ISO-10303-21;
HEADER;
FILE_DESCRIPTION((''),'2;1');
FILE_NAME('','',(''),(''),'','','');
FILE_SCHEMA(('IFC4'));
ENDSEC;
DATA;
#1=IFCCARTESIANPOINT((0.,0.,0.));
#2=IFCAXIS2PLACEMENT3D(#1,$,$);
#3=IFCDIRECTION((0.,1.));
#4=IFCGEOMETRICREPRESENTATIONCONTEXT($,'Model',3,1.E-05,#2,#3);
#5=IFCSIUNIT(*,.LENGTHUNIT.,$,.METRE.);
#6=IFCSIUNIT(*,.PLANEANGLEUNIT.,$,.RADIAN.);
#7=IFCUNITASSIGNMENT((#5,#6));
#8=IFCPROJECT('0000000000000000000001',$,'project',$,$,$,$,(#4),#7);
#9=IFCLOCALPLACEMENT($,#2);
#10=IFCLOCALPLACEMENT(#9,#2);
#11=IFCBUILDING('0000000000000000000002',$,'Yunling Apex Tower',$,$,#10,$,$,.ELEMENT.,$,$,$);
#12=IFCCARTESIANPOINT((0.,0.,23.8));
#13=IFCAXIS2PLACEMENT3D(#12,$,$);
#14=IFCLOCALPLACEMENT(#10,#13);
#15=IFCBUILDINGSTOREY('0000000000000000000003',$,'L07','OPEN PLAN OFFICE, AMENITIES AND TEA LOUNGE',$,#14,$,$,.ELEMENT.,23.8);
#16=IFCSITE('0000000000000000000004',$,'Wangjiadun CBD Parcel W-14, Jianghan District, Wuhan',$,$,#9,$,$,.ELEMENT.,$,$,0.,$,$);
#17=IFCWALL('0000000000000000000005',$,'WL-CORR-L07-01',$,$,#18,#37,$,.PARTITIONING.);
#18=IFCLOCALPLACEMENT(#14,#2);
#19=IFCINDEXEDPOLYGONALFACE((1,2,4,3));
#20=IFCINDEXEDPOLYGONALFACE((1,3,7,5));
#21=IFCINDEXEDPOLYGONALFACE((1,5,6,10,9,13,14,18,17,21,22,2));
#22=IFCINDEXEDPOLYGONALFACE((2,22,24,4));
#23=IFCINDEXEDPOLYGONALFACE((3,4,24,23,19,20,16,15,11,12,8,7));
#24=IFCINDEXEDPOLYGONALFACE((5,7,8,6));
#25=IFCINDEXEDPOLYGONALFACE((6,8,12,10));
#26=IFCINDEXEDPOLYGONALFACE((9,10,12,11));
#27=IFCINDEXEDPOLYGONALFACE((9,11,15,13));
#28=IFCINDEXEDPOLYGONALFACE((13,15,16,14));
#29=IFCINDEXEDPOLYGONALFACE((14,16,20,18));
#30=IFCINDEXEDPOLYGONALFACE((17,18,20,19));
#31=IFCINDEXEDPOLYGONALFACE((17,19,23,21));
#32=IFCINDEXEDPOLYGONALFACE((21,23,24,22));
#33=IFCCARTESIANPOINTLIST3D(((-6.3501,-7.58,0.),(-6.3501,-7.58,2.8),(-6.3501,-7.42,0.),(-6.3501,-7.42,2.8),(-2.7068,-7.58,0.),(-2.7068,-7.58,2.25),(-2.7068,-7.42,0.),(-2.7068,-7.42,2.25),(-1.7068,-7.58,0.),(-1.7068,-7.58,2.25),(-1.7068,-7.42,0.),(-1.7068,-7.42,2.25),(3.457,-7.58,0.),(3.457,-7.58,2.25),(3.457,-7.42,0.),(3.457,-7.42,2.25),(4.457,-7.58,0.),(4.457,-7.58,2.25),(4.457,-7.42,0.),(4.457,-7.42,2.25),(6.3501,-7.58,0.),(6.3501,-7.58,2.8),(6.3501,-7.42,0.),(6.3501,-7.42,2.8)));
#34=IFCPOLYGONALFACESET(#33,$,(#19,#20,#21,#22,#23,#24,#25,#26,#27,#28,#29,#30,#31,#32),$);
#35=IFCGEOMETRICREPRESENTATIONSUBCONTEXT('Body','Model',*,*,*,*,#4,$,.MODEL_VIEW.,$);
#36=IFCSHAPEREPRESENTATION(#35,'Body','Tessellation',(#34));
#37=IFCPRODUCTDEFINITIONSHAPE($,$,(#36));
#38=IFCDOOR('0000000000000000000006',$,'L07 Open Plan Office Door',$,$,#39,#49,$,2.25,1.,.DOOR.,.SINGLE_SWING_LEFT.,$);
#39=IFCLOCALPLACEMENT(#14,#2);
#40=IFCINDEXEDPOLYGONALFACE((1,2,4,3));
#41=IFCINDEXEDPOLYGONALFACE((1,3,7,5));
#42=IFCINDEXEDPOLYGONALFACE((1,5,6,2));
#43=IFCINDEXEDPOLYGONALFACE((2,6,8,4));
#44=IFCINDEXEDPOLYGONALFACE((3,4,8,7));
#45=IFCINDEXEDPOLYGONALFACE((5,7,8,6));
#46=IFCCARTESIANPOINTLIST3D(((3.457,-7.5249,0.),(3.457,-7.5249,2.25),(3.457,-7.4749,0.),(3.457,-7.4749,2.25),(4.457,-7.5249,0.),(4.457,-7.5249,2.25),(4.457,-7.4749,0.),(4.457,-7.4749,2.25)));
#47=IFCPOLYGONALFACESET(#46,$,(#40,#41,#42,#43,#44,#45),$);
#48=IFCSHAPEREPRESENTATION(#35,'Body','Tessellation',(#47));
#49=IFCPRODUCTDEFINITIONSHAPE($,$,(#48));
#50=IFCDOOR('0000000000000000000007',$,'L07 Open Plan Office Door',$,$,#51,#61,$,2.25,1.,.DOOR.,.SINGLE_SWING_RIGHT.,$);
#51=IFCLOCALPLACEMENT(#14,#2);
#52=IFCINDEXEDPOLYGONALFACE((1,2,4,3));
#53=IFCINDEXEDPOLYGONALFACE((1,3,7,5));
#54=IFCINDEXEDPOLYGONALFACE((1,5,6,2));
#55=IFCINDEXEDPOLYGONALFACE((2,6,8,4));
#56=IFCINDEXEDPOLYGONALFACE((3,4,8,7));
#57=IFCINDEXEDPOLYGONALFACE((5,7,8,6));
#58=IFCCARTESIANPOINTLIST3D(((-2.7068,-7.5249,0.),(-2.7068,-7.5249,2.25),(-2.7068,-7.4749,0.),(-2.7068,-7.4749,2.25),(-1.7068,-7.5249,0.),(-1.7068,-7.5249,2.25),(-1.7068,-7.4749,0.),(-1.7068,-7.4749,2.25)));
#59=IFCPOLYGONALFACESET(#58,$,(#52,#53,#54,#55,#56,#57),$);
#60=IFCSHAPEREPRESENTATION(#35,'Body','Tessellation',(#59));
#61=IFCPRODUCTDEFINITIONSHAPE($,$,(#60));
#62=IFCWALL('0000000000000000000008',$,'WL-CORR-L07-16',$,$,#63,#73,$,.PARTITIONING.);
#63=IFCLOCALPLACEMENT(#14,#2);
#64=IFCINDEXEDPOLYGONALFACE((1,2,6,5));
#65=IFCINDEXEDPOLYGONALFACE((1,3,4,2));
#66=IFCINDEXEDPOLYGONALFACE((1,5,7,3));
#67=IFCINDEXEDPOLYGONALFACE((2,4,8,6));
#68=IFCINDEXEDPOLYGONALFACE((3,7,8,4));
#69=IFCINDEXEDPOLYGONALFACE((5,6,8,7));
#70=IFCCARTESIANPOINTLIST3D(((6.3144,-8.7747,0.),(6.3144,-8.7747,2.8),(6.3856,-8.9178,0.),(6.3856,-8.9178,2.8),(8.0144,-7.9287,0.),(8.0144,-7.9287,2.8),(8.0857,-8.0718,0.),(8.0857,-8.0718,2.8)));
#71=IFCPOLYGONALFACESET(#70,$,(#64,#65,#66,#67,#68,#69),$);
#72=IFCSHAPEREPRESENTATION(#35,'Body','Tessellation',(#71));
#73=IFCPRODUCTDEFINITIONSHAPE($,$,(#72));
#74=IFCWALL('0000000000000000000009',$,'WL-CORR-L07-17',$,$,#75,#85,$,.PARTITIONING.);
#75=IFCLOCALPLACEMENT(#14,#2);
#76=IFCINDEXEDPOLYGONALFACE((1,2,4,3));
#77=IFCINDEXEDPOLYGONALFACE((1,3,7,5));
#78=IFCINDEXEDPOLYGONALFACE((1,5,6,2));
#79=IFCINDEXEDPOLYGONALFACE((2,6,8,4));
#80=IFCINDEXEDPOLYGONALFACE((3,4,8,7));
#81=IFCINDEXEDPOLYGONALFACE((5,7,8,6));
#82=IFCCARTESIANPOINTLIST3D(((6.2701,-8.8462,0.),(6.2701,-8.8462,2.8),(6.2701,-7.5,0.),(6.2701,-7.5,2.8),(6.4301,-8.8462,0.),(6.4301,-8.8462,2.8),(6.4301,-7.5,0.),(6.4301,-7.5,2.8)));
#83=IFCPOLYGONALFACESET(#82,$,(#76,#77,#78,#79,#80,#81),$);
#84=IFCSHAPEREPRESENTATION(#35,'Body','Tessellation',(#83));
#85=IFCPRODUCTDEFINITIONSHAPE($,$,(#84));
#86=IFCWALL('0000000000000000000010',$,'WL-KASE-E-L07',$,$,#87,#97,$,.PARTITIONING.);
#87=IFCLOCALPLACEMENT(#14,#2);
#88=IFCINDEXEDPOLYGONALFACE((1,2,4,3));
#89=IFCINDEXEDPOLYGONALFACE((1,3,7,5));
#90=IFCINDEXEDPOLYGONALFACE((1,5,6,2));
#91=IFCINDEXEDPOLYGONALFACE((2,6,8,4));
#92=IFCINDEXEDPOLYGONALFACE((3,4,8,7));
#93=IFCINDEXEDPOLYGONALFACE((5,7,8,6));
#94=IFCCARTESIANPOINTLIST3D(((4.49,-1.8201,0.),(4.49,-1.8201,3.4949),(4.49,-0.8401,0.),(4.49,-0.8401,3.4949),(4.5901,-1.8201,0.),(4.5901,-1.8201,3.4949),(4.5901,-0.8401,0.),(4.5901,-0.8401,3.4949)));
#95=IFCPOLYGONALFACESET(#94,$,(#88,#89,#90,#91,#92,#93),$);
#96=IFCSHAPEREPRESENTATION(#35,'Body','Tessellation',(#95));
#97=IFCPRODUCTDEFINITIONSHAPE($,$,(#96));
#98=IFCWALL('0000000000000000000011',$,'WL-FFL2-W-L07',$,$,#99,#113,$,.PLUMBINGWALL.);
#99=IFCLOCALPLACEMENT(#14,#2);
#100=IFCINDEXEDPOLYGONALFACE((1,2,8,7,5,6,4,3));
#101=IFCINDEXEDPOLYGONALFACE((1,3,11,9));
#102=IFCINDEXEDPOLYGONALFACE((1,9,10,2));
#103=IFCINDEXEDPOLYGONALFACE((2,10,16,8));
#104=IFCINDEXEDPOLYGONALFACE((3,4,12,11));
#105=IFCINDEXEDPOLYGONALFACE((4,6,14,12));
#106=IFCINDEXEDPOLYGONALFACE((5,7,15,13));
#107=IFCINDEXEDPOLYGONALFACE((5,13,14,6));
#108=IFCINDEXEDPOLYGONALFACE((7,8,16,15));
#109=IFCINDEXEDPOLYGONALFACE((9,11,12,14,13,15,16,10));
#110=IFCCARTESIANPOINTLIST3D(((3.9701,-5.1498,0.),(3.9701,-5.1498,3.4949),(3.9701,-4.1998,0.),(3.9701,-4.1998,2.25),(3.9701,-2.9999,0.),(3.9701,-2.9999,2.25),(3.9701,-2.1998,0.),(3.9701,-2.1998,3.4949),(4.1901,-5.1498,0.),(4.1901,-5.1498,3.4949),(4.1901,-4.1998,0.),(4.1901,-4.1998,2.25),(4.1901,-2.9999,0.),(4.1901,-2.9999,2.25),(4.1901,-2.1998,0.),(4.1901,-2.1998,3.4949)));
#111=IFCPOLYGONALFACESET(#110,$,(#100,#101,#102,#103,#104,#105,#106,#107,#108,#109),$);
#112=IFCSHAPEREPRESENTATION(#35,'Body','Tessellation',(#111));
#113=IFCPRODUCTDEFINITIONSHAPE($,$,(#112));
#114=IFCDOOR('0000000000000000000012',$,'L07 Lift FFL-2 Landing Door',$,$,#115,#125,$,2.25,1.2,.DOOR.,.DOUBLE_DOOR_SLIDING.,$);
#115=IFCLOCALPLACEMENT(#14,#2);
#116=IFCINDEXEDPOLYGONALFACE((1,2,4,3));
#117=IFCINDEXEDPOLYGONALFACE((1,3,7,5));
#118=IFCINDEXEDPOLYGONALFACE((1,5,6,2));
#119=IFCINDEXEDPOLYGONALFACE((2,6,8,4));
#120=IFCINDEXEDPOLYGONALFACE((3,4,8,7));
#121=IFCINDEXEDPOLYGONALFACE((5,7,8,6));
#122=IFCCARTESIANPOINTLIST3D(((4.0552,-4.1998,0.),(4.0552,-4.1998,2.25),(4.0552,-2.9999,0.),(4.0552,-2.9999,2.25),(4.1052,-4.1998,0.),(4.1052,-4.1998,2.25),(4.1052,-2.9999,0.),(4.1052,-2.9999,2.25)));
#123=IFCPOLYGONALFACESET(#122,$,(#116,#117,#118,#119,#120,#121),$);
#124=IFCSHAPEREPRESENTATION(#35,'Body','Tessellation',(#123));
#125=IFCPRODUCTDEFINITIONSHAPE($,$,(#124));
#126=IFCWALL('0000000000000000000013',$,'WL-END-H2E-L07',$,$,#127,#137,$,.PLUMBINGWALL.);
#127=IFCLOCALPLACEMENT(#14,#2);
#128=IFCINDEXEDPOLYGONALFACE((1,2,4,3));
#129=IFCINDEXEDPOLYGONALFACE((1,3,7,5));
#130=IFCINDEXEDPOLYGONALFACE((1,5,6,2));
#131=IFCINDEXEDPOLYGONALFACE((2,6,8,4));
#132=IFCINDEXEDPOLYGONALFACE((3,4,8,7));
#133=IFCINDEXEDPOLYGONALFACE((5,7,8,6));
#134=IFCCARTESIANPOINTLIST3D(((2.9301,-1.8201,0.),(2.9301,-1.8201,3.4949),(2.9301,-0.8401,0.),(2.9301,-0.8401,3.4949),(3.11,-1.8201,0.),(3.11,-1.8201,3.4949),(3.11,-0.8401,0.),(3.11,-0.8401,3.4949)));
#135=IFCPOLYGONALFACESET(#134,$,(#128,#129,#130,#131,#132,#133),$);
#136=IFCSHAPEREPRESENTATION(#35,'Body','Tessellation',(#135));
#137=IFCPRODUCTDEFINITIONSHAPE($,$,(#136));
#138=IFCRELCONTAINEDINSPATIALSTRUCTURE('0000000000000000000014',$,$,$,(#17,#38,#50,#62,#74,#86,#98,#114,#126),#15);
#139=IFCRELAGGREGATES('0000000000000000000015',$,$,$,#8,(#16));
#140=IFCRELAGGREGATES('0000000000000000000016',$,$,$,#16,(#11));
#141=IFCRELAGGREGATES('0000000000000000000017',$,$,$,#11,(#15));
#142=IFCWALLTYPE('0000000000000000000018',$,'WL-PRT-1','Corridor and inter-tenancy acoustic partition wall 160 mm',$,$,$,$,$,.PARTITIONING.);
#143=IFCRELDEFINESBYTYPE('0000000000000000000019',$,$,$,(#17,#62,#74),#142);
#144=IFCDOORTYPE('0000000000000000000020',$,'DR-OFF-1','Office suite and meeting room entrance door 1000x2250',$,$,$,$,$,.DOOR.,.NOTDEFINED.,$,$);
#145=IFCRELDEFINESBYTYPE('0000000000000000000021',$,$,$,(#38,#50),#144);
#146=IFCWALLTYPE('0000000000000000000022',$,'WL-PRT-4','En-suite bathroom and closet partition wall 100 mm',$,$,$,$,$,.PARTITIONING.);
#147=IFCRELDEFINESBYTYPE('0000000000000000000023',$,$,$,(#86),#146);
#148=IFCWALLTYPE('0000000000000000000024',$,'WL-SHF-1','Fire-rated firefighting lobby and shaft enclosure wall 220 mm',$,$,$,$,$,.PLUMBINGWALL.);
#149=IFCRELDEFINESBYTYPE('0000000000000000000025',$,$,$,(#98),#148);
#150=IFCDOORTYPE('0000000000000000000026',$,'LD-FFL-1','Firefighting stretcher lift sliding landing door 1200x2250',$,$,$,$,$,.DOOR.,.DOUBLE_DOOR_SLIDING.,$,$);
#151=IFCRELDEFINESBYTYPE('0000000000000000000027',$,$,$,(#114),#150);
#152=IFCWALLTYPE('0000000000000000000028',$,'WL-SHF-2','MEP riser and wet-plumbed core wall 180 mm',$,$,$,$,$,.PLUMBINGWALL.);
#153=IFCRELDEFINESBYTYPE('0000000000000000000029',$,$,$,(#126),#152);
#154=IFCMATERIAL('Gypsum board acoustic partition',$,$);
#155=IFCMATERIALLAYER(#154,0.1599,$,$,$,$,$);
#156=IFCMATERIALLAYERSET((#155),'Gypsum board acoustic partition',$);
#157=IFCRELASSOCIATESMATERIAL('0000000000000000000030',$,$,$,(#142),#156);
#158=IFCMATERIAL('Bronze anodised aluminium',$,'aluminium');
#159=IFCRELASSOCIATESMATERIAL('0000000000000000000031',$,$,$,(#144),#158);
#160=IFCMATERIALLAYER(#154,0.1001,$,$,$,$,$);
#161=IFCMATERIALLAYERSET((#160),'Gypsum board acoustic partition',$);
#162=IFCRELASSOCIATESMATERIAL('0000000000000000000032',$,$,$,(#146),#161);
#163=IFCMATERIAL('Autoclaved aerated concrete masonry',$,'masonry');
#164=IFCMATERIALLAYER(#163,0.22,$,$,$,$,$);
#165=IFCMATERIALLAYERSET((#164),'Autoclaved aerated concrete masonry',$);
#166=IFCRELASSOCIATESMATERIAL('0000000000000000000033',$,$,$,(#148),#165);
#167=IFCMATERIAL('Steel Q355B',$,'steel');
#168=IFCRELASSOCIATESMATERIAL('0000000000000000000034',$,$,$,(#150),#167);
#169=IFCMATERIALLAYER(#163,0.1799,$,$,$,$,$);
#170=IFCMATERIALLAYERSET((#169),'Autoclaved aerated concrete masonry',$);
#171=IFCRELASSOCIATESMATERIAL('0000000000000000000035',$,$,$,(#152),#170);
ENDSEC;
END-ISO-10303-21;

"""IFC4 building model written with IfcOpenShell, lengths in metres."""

from ifc_helpers import new_model, si_unit, direction, frame, frame_2d, origin, place, context, subcontext, project, spatial, rectangle, extrude, material, layer, layer_set, type_object, element, fill, save


model = new_model("IFC4")

# Units and contexts
model_context = context("Model", 3, precision=1e-05, world=origin(), true_north=direction((0.0, 1.0)))
body_context = subcontext(model_context, "Body", "Model", "MODEL_VIEW")
ifc_project = project(units=[si_unit("LENGTHUNIT", "METRE"), si_unit("PLANEANGLEUNIT", "RADIAN")], contexts=[model_context])

# Site, building, storey
site_placement = place(None, origin())
site = spatial("IfcSite", under=ifc_project, at=site_placement, Name="Wangjiadun CBD Parcel W-14, Jianghan District, Wuhan", CompositionType="ELEMENT", RefElevation=0.0)
building_placement = place(site_placement, origin())
building = spatial("IfcBuilding", under=site, at=building_placement, Name="Yunling Apex Tower", CompositionType="ELEMENT")
storey_placement = place(building_placement, frame((0.0, 0.0, 23.8)))
storey = spatial("IfcBuildingStorey", under=building, at=storey_placement, Name="L07", Description="OPEN PLAN OFFICE, AMENITIES AND TEA LOUNGE", CompositionType="ELEMENT", Elevation=23.8)

# Shared definitions
ifc_material_1 = material(Name="Steel Q355B", Category="steel")

# Shared definitions
ifc_material_2 = material(Name="Bronze anodised aluminium", Category="aluminium")

# Wall, openings, doors
ifc_material_3 = material(Name="Gypsum board acoustic partition")
ifc_layer_1 = layer(ifc_material_3, 0.1599)
ifc_layer_set_1 = layer_set([ifc_layer_1], Name="Gypsum board acoustic partition")
wall_type_1 = type_object("IfcWallType", Name="WL-PRT-1", Description="Corridor and inter-tenancy acoustic partition wall 160 mm", PredefinedType="PARTITIONING", material=ifc_layer_set_1)
wall_1_placement = place(storey_placement, frame((6.3501, -7.5, 0.0), z_axis=(0.0, 0.0, 1.0), x_axis=(-1.0, 0.0, 0.0)))
wall_1 = element("IfcWall", 1, at=wall_1_placement, inside=storey, type_object=wall_type_1, Name="WL-CORR-L07-01", PredefinedType="PARTITIONING", context=body_context, shape_type="SweptSolid", body=[
    extrude(rectangle(XDim=12.7002, YDim=0.1599, at=frame_2d((6.3501, 0.0))), origin(), (0.0, 0.0, 1.0), 2.8),
])
opening_1_placement = place(wall_1_placement, frame((1.8931, 0.0, 0.0)))
opening_1 = element("IfcOpeningElement", 2, at=opening_1_placement, cuts=wall_1, PredefinedType="OPENING", context=body_context, shape_type="SweptSolid", body=[
    extrude(rectangle(XDim=1.0, YDim=2.25, at=frame_2d((0.5, 1.125))), frame((0.0, 0.0898, 0.0), z_axis=(0.0, -1.0, 0.0), x_axis=(1.0, 0.0, 0.0)), (0.0, 0.0, 1.0), 0.1799),
])
opening_2_placement = place(wall_1_placement, frame((8.0569, 0.0, 0.0)))
opening_2 = element("IfcOpeningElement", 3, at=opening_2_placement, cuts=wall_1, PredefinedType="OPENING", context=body_context, shape_type="SweptSolid", body=[
    extrude(rectangle(XDim=1.0, YDim=2.25, at=frame_2d((0.5, 1.125))), frame((0.0, 0.0898, 0.0), z_axis=(0.0, -1.0, 0.0), x_axis=(1.0, 0.0, 0.0)), (0.0, 0.0, 1.0), 0.1799),
])
door_type_1 = type_object("IfcDoorType", Name="DR-OFF-1", Description="Office suite and meeting room entrance door 1000x2250", OperationType="NOTDEFINED", PredefinedType="DOOR", material=ifc_material_2)
door_1_placement = place(opening_1_placement, origin())
door_1 = element("IfcDoor", 4, at=door_1_placement, inside=storey, type_object=door_type_1, Name="L07 Open Plan Office Door", OperationType="SINGLE_SWING_LEFT", OverallHeight=2.25, OverallWidth=1.0, PredefinedType="DOOR", context=body_context, shape_type="SweptSolid", body=[
    extrude(rectangle(XDim=1.0, YDim=2.25, at=frame_2d((0.5, 1.125))), frame((0.0, 0.0249, 0.0), z_axis=(0.0, -1.0, 0.0), x_axis=(1.0, 0.0, 0.0)), (0.0, 0.0, 1.0), 0.05),
])
fill(opening_1, door_1)
door_2_placement = place(opening_2_placement, origin())
door_2 = element("IfcDoor", 5, at=door_2_placement, inside=storey, type_object=door_type_1, Name="L07 Open Plan Office Door", OperationType="SINGLE_SWING_RIGHT", OverallHeight=2.25, OverallWidth=1.0, PredefinedType="DOOR", context=body_context, shape_type="SweptSolid", body=[
    extrude(rectangle(XDim=1.0, YDim=2.25, at=frame_2d((0.5, 1.125))), frame((0.0, 0.0249, 0.0), z_axis=(0.0, -1.0, 0.0), x_axis=(1.0, 0.0, 0.0)), (0.0, 0.0, 1.0), 0.05),
])
fill(opening_2, door_2)

# Walls
wall_2_placement = place(storey_placement, frame((8.05, -8.0002, 0.0), z_axis=(0.0, 0.0, 1.0), x_axis=(-0.895274, -0.445516, 0.0)))
element("IfcWall", 6, at=wall_2_placement, inside=storey, type_object=wall_type_1, Name="WL-CORR-L07-16", PredefinedType="PARTITIONING", context=body_context, shape_type="SweptSolid", body=[
    extrude(rectangle(XDim=1.8989, YDim=0.1599, at=frame_2d((0.9495, 0.0))), origin(), (0.0, 0.0, 1.0), 2.8),
])
wall_3_placement = place(storey_placement, frame((6.3501, -8.8462, 0.0), z_axis=(0.0, 0.0, 1.0), x_axis=(0.0, 1.0, 0.0)))
element("IfcWall", 7, at=wall_3_placement, inside=storey, type_object=wall_type_1, Name="WL-CORR-L07-17", PredefinedType="PARTITIONING", context=body_context, shape_type="SweptSolid", body=[
    extrude(rectangle(XDim=1.3462, YDim=0.1599, at=frame_2d((0.6731, 0.0))), origin(), (0.0, 0.0, 1.0), 2.8),
])
ifc_layer_2 = layer(ifc_material_3, 0.1001)
ifc_layer_set_2 = layer_set([ifc_layer_2], Name="Gypsum board acoustic partition")
wall_type_2 = type_object("IfcWallType", Name="WL-PRT-4", Description="En-suite bathroom and closet partition wall 100 mm", PredefinedType="PARTITIONING", material=ifc_layer_set_2)
wall_4_placement = place(storey_placement, frame((4.54, -1.8201, 0.0), z_axis=(0.0, 0.0, 1.0), x_axis=(0.0, 1.0, 0.0)))
element("IfcWall", 8, at=wall_4_placement, inside=storey, type_object=wall_type_2, Name="WL-KASE-E-L07", PredefinedType="PARTITIONING", context=body_context, shape_type="SweptSolid", body=[
    extrude(rectangle(XDim=0.98, YDim=0.1001, at=frame_2d((0.49, 0.0))), origin(), (0.0, 0.0, 1.0), 3.4949),
])

# Wall, opening, door
ifc_material_4 = material(Name="Autoclaved aerated concrete masonry", Category="masonry")
ifc_layer_3 = layer(ifc_material_4, 0.22)
ifc_layer_set_3 = layer_set([ifc_layer_3], Name="Autoclaved aerated concrete masonry")
wall_type_3 = type_object("IfcWallType", Name="WL-SHF-1", Description="Fire-rated firefighting lobby and shaft enclosure wall 220 mm", PredefinedType="PLUMBINGWALL", material=ifc_layer_set_3)
wall_5_placement = place(storey_placement, frame((4.0801, -5.1499, 0.0), z_axis=(0.0, 0.0, 1.0), x_axis=(0.0, 1.0, 0.0)))
wall_5 = element("IfcWall", 9, at=wall_5_placement, inside=storey, type_object=wall_type_3, Name="WL-FFL2-W-L07", PredefinedType="PLUMBINGWALL", context=body_context, shape_type="SweptSolid", body=[
    extrude(rectangle(XDim=2.95, YDim=0.22, at=frame_2d((1.4751, 0.0))), origin(), (0.0, 0.0, 1.0), 3.4949),
])
opening_3_placement = place(wall_5_placement, frame((0.95, 0.0, 0.0)))
opening_3 = element("IfcOpeningElement", 10, at=opening_3_placement, cuts=wall_5, PredefinedType="OPENING", context=body_context, shape_type="SweptSolid", body=[
    extrude(rectangle(XDim=1.2, YDim=2.25, at=frame_2d((0.6001, 1.125))), frame((0.0, 0.1201, 0.0), z_axis=(0.0, -1.0, 0.0), x_axis=(1.0, 0.0, 0.0)), (0.0, 0.0, 1.0), 0.24),
])
door_type_2 = type_object("IfcDoorType", Name="LD-FFL-1", Description="Firefighting stretcher lift sliding landing door 1200x2250", OperationType="DOUBLE_DOOR_SLIDING", PredefinedType="DOOR", material=ifc_material_1)
door_3_placement = place(opening_3_placement, origin())
door_3 = element("IfcDoor", 11, at=door_3_placement, inside=storey, type_object=door_type_2, Name="L07 Lift FFL-2 Landing Door", OperationType="DOUBLE_DOOR_SLIDING", OverallHeight=2.25, OverallWidth=1.2, PredefinedType="DOOR", context=body_context, shape_type="SweptSolid", body=[
    extrude(rectangle(XDim=1.2, YDim=2.25, at=frame_2d((0.6001, 1.125))), frame((0.0, 0.0249, 0.0), z_axis=(0.0, -1.0, 0.0), x_axis=(1.0, 0.0, 0.0)), (0.0, 0.0, 1.0), 0.05),
])
fill(opening_3, door_3)

# Wall
ifc_layer_4 = layer(ifc_material_4, 0.1799)
ifc_layer_set_4 = layer_set([ifc_layer_4], Name="Autoclaved aerated concrete masonry")
wall_type_4 = type_object("IfcWallType", Name="WL-SHF-2", Description="MEP riser and wet-plumbed core wall 180 mm", PredefinedType="PLUMBINGWALL", material=ifc_layer_set_4)
wall_6_placement = place(storey_placement, frame((3.02, -1.8201, 0.0), z_axis=(0.0, 0.0, 1.0), x_axis=(0.0, 1.0, 0.0)))
element("IfcWall", 12, at=wall_6_placement, inside=storey, type_object=wall_type_4, Name="WL-END-H2E-L07", PredefinedType="PLUMBINGWALL", context=body_context, shape_type="SweptSolid", body=[
    extrude(rectangle(XDim=0.98, YDim=0.1799, at=frame_2d((0.49, 0.0))), origin(), (0.0, 0.0, 1.0), 3.4949),
])

save(model, "model.ifc")
